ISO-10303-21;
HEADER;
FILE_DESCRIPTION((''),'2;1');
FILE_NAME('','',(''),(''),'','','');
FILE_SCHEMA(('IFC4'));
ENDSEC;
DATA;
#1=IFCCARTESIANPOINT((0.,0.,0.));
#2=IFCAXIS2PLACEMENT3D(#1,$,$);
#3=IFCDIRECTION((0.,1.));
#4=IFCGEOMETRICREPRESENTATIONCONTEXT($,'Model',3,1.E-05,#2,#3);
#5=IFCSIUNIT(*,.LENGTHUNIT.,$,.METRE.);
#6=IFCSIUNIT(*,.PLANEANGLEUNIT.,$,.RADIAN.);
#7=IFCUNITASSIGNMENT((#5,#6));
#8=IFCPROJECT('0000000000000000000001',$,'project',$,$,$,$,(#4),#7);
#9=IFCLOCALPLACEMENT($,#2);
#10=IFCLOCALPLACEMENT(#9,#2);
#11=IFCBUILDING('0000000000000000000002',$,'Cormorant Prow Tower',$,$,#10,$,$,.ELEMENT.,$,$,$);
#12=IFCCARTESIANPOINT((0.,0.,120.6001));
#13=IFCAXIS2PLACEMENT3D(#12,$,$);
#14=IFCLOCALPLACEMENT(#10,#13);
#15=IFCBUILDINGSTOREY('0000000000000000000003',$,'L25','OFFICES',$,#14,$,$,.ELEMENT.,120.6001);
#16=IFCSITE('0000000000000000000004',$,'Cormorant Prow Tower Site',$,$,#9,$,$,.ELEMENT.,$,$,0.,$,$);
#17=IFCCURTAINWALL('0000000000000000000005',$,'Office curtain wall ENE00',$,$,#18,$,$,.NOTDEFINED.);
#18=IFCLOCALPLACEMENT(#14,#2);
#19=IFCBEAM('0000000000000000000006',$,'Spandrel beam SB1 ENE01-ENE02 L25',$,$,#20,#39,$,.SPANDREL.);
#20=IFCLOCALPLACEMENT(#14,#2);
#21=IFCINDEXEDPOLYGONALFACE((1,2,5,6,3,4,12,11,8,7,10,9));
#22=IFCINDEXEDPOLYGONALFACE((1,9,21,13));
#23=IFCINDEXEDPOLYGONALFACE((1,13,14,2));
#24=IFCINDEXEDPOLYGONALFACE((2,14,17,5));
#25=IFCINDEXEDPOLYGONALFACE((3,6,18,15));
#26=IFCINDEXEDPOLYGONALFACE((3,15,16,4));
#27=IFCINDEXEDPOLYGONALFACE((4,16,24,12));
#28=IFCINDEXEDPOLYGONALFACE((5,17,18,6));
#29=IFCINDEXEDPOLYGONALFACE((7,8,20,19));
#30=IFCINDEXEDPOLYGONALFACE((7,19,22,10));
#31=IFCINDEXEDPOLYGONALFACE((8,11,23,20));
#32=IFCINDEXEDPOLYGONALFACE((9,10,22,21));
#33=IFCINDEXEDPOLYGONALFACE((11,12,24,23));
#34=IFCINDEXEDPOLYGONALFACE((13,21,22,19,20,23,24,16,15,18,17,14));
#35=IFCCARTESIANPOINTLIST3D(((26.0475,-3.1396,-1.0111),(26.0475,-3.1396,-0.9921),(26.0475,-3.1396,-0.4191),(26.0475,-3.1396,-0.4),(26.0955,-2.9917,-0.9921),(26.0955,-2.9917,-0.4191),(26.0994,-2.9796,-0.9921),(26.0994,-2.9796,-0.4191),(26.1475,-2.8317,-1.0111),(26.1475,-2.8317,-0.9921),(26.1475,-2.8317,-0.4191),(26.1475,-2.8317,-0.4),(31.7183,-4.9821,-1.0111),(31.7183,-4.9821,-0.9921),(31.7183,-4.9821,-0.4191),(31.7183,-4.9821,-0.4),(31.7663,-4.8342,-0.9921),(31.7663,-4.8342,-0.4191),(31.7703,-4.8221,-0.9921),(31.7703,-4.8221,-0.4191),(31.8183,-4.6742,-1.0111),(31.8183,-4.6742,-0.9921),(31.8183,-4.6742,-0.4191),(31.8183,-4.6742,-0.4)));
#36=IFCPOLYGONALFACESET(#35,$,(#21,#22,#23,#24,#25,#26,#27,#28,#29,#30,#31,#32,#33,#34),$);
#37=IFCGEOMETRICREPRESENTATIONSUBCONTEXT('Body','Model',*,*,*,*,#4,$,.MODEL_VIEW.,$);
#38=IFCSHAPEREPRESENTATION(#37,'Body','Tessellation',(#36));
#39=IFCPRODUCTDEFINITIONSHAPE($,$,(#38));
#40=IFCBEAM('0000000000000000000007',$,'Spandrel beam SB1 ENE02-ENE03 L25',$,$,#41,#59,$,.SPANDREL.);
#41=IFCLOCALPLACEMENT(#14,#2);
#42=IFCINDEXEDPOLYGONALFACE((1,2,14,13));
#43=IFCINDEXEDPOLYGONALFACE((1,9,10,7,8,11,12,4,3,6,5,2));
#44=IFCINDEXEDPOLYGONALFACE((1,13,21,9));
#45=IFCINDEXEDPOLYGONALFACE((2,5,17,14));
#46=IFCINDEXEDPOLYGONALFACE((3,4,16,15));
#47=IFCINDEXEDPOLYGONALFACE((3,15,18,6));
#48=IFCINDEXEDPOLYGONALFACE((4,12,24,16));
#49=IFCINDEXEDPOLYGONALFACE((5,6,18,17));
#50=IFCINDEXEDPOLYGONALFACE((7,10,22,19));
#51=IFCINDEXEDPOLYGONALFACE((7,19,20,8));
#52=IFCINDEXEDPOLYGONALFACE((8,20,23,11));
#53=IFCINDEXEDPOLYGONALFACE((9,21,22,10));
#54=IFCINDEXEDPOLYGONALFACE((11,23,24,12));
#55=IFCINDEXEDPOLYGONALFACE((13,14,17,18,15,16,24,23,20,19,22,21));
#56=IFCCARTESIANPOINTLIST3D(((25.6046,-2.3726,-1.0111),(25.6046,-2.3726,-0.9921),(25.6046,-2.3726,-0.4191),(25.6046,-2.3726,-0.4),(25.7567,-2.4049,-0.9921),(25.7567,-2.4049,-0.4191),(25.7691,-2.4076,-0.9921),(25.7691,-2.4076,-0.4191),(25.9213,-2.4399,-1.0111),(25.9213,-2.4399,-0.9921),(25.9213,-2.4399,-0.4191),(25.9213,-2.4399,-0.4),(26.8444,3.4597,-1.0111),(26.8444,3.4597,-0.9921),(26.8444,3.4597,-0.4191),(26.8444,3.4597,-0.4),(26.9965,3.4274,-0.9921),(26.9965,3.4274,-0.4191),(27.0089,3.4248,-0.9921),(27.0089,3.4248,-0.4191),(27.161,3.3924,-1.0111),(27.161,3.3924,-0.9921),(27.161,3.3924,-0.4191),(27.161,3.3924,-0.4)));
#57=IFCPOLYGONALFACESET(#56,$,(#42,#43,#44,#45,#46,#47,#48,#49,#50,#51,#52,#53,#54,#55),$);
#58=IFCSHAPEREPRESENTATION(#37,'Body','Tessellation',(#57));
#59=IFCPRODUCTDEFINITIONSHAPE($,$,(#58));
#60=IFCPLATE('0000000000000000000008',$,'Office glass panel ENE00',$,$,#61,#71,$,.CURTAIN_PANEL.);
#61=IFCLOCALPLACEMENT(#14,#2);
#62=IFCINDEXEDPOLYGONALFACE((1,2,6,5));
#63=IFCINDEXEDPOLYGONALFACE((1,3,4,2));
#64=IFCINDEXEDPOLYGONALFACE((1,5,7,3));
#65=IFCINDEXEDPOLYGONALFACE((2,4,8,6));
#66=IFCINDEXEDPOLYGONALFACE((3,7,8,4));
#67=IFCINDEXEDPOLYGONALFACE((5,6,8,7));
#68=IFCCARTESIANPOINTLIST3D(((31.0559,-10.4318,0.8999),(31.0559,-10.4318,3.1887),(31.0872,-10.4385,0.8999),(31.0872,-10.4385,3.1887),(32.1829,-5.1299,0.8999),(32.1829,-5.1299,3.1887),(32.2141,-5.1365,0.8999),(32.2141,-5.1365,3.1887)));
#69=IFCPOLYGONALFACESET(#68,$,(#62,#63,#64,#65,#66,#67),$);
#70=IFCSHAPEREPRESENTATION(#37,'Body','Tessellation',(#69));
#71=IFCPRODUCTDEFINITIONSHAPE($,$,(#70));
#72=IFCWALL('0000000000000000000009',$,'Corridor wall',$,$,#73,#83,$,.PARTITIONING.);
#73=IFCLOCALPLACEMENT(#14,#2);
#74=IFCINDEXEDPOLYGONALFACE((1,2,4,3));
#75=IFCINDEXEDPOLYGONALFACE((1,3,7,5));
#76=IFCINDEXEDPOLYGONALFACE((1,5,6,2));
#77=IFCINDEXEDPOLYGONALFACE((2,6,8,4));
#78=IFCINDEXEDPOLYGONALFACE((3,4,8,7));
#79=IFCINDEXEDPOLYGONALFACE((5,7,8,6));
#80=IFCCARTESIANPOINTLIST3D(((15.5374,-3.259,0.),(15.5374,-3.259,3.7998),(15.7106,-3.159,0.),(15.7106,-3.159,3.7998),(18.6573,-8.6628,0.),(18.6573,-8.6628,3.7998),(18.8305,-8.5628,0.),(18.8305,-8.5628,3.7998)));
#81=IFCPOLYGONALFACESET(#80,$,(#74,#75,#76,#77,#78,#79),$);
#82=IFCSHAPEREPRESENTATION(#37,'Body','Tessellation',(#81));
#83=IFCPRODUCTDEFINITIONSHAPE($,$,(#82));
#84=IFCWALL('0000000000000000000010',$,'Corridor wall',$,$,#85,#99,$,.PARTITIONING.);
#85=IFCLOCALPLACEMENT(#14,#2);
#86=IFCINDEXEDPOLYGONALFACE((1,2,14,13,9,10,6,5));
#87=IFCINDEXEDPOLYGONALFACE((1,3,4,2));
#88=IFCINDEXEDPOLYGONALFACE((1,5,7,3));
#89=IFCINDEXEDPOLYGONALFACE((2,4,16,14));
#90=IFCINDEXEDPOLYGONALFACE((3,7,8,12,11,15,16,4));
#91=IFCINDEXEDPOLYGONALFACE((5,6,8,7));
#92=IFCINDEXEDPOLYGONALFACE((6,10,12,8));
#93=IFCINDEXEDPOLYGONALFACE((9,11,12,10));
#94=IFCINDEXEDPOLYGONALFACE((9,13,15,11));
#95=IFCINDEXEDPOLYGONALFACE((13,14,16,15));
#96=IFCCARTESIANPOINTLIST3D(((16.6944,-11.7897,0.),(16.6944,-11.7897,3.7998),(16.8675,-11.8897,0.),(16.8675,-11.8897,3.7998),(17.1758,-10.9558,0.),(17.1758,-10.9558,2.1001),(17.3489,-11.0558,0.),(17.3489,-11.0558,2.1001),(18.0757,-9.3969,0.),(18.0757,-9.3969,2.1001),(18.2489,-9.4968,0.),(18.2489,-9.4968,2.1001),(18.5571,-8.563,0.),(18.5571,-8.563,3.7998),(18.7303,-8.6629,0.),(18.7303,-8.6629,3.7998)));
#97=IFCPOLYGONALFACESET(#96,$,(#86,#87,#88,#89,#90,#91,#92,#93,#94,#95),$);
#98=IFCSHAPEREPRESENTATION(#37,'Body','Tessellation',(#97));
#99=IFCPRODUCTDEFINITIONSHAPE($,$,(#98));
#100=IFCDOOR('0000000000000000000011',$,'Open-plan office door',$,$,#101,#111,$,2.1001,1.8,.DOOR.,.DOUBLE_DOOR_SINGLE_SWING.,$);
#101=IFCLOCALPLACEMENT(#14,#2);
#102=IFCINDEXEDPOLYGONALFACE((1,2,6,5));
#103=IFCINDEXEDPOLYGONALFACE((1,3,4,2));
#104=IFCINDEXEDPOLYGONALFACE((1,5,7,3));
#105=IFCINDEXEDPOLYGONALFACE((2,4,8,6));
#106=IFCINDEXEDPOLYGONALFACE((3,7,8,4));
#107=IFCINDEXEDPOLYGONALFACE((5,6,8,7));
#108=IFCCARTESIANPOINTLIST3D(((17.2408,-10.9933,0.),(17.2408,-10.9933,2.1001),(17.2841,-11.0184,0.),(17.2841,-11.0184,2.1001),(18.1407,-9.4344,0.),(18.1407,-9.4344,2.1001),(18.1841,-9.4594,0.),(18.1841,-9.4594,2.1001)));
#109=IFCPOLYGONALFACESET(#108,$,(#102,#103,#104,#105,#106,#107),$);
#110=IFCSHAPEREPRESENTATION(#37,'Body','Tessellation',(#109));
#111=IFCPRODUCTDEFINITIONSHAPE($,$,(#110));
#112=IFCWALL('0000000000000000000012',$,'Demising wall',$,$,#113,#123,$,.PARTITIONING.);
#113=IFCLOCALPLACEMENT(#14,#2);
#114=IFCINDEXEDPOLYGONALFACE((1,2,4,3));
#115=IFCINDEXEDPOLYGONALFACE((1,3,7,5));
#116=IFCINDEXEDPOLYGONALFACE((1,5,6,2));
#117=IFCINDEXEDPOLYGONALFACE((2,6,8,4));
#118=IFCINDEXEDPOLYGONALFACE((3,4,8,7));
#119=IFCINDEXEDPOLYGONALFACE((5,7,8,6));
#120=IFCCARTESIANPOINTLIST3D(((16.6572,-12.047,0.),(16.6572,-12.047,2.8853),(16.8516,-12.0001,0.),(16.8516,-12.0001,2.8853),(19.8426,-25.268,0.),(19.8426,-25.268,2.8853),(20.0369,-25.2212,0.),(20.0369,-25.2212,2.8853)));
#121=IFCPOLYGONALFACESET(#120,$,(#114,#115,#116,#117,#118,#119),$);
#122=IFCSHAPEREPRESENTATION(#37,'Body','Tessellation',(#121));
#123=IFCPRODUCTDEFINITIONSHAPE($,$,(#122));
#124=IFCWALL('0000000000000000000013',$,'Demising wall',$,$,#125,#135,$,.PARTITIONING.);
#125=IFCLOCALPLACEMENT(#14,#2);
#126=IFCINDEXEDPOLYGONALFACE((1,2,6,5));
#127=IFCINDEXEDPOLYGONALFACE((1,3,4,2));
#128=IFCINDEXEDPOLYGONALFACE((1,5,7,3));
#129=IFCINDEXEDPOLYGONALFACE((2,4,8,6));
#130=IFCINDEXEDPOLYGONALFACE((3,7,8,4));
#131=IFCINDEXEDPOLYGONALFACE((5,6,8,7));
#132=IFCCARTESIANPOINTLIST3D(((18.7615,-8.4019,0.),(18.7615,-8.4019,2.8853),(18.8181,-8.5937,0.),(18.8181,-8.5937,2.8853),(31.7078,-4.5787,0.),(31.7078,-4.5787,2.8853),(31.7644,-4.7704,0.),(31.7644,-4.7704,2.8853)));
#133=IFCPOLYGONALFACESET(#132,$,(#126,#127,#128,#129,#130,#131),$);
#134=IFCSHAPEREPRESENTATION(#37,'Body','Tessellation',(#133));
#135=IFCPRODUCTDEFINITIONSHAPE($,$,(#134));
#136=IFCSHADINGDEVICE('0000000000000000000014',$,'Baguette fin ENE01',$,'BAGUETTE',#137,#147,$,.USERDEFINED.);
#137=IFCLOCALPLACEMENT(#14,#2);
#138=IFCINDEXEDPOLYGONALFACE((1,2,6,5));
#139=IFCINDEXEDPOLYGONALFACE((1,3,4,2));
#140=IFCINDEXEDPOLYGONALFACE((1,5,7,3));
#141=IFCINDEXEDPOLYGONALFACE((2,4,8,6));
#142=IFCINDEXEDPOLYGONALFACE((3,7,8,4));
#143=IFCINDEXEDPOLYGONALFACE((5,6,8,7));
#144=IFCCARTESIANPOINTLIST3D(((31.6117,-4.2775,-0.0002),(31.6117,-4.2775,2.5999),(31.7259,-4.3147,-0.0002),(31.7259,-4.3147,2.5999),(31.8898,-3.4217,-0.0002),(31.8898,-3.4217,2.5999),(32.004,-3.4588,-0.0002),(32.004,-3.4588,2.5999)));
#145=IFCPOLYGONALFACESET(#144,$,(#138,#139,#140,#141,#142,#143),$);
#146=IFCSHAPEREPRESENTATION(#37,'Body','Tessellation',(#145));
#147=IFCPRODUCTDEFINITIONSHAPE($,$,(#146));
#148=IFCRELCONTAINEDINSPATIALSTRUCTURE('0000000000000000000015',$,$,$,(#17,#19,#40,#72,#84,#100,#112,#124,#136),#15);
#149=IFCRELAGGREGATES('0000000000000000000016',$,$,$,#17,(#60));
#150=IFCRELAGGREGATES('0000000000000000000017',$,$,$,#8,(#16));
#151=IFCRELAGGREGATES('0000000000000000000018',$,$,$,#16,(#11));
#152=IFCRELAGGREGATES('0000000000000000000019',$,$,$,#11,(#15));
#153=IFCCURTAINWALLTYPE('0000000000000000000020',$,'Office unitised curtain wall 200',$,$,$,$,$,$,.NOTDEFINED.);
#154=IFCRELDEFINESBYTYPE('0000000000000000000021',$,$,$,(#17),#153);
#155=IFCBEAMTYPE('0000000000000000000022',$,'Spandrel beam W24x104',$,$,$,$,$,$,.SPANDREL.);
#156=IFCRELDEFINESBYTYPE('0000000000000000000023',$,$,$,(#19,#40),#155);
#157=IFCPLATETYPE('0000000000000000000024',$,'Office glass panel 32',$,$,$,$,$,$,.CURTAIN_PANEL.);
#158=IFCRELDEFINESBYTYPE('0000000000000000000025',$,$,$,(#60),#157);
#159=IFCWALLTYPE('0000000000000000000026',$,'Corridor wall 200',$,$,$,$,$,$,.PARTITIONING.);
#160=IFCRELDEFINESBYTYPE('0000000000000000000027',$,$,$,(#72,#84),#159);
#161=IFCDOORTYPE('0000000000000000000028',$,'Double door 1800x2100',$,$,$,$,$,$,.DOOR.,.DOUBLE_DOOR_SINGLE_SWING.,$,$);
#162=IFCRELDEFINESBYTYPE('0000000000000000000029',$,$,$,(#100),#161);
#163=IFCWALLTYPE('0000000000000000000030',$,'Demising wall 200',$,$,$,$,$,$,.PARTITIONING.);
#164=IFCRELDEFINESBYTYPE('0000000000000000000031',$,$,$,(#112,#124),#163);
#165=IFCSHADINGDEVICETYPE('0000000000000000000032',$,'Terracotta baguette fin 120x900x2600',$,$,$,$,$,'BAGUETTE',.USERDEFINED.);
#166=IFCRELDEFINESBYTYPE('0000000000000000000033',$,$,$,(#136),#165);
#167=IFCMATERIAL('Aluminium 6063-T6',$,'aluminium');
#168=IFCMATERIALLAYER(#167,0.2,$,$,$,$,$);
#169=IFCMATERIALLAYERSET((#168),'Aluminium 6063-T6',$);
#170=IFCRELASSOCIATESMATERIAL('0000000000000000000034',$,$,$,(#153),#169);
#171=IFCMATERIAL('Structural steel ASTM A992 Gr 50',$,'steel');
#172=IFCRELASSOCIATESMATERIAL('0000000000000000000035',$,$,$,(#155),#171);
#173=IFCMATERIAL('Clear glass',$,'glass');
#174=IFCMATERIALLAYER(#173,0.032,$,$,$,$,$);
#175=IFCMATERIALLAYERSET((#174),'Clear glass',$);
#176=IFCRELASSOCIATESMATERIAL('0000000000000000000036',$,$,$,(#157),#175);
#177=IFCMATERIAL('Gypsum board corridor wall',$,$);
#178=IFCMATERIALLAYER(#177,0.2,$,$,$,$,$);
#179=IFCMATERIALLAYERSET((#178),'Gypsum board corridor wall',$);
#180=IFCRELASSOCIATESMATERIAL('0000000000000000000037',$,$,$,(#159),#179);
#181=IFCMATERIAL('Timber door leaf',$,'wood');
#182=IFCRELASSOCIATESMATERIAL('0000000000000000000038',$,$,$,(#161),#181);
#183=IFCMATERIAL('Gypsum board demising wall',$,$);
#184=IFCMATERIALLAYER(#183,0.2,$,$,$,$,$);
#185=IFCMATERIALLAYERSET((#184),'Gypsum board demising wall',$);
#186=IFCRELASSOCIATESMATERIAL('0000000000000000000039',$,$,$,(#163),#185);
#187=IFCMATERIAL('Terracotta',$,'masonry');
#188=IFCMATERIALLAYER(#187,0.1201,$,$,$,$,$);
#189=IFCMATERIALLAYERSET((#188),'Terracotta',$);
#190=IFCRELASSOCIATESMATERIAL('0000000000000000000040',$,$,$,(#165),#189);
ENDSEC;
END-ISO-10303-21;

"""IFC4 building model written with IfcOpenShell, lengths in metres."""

from ifc_helpers import new_model, si_unit, direction, frame, frame_2d, origin, origin_2d, place, context, subcontext, project, spatial, rectangle, i_section, extrude, material, layer, layer_set, material_profile, profile_set, type_object, element, fill, aggregate, save


model = new_model("IFC4")

# Units and contexts
model_context = context("Model", 3, precision=1e-05, world=origin(), true_north=direction((0.0, 1.0)))
body_context = subcontext(model_context, "Body", "Model", "MODEL_VIEW")
ifc_project = project(units=[si_unit("LENGTHUNIT", "METRE"), si_unit("PLANEANGLEUNIT", "RADIAN")], contexts=[model_context])

# Site, building, storey
site_placement = place(None, origin())
site = spatial("IfcSite", under=ifc_project, at=site_placement, Name="Cormorant Prow Tower Site", CompositionType="ELEMENT", RefElevation=0.0)
building_placement = place(site_placement, origin())
building = spatial("IfcBuilding", under=site, at=building_placement, Name="Cormorant Prow Tower", CompositionType="ELEMENT")
storey_placement = place(building_placement, frame((0.0, 0.0, 120.6001)))
storey = spatial("IfcBuildingStorey", under=building, at=storey_placement, Name="L25", Description="OFFICES", CompositionType="ELEMENT", Elevation=120.6001)

# Curtain wall
ifc_material_1 = material(Name="Aluminium 6063-T6", Category="aluminium")
ifc_layer_1 = layer(ifc_material_1, 0.2)
ifc_layer_set_1 = layer_set([ifc_layer_1], Name="Aluminium 6063-T6")
curtain_wall_type = type_object("IfcCurtainWallType", Name="Office unitised curtain wall 200", PredefinedType="NOTDEFINED", material=ifc_layer_set_1)
curtain_wall_1_placement = place(storey_placement, origin())
curtain_wall_1 = element("IfcCurtainWall", 1, at=curtain_wall_1_placement, inside=storey, type_object=curtain_wall_type, Name="Office curtain wall ENE00", PredefinedType="NOTDEFINED")

# Beams
ifc_material_2 = material(Name="Structural steel ASTM A992 Gr 50", Category="steel")
ifc_material_profile_1 = material_profile(ifc_material_2, i_section(OverallWidth=0.3237, OverallDepth=0.6111, WebThickness=0.0127, FlangeThickness=0.019, at=origin_2d()), Name="W24x104")
ifc_profile_set_1 = profile_set([ifc_material_profile_1], Name="Structural steel ASTM A992 Gr 50")
beam_type_1 = type_object("IfcBeamType", Name="Spandrel beam W24x104", PredefinedType="SPANDREL", material=ifc_profile_set_1)
for number, where, z_axis, x_axis, name in (
    (2, (31.7683, -4.8281, -0.7056), (-0.951059, 0.309008, 0.0), (-0.309008, -0.951059, 0.0), "Spandrel beam SB1 ENE01-ENE02 L25"),
    (3, (25.7629, -2.4062, -0.7056), (0.207921, 0.978146, 0.0), (-0.978146, 0.207921, 0.0), "Spandrel beam SB1 ENE02-ENE03 L25"),
):
    element("IfcBeam", number, at=place(storey_placement, frame(where, z_axis=z_axis, x_axis=x_axis)), inside=storey, type_object=beam_type_1, Name=name, PredefinedType="SPANDREL", context=body_context, shape_type="SweptSolid", body=[
        extrude(i_section(OverallWidth=0.3237, OverallDepth=0.6111, WebThickness=0.0127, FlangeThickness=0.019, at=origin_2d()), origin(), (0.0, 0.0, 1.0), 5.9626),
    ])

# Plate
ifc_material_3 = material(Name="Clear glass", Category="glass")
ifc_layer_2 = layer(ifc_material_3, 0.032)
ifc_layer_set_2 = layer_set([ifc_layer_2], Name="Clear glass")
plate_type = type_object("IfcPlateType", Name="Office glass panel 32", PredefinedType="CURTAIN_PANEL", material=ifc_layer_set_2)
plate_placement = place(storey_placement, frame((31.635, -7.7842, 0.8999), z_axis=(0.0, 0.0, 1.0), x_axis=(0.207912, 0.978148, 0.0)))
plate = element("IfcPlate", 4, at=plate_placement, type_object=plate_type, Name="Office glass panel ENE00", PredefinedType="CURTAIN_PANEL", context=body_context, shape_type="SweptSolid", body=[
    extrude(rectangle(XDim=5.4204, YDim=0.032, at=origin_2d()), origin(), (0.0, 0.0, 1.0), 2.2888),
])
aggregate(curtain_wall_1, [plate])

# Wall
ifc_material_4 = material(Name="Gypsum board corridor wall")
ifc_layer_3 = layer(ifc_material_4, 0.2)
ifc_layer_set_3 = layer_set([ifc_layer_3], Name="Gypsum board corridor wall")
wall_type_1 = type_object("IfcWallType", Name="Corridor wall 200", PredefinedType="PARTITIONING", material=ifc_layer_set_3)
wall_1_placement = place(storey_placement, frame((15.624, -3.209, 0.0), z_axis=(0.0, 0.0, 1.0), x_axis=(0.499998, -0.866027, 0.0)))
element("IfcWall", 5, at=wall_1_placement, inside=storey, type_object=wall_type_1, Name="Corridor wall", PredefinedType="PARTITIONING", context=body_context, shape_type="SweptSolid", body=[
    extrude(rectangle(XDim=6.2397, YDim=0.2, at=frame_2d((3.1199, 0.0))), origin(), (0.0, 0.0, 1.0), 3.7998),
])

# Wall, opening, door
wall_2_placement = place(storey_placement, frame((16.781, -11.8396, 0.0), z_axis=(0.0, 0.0, 1.0), x_axis=(0.499959, 0.866049, 0.0)))
wall_2 = element("IfcWall", 6, at=wall_2_placement, inside=storey, type_object=wall_type_1, Name="Corridor wall", PredefinedType="PARTITIONING", context=body_context, shape_type="SweptSolid", body=[
    extrude(rectangle(XDim=3.7258, YDim=0.2, at=frame_2d((1.8628, 0.0))), origin(), (0.0, 0.0, 1.0), 3.7998),
])
opening_1_placement = place(wall_2_placement, frame((0.9629, 0.0, 0.0)))
opening_1 = element("IfcOpeningElement", 7, at=opening_1_placement, cuts=wall_2, PredefinedType="OPENING", context=body_context, shape_type="SweptSolid", body=[
    extrude(rectangle(XDim=1.8, YDim=2.1001, at=frame_2d((0.8999, 1.05))), frame((0.0, 0.1099, 0.0), z_axis=(0.0, -1.0, 0.0), x_axis=(1.0, 0.0, 0.0)), (0.0, 0.0, 1.0), 0.22),
])
ifc_material_5 = material(Name="Timber door leaf", Category="wood")
door_type_1 = type_object("IfcDoorType", Name="Double door 1800x2100", OperationType="DOUBLE_DOOR_SINGLE_SWING", PredefinedType="DOOR", material=ifc_material_5)
door_1_placement = place(opening_1_placement, origin())
door_1 = element("IfcDoor", 8, at=door_1_placement, inside=storey, type_object=door_type_1, Name="Open-plan office door", OperationType="DOUBLE_DOOR_SINGLE_SWING", OverallHeight=2.1001, OverallWidth=1.8, PredefinedType="DOOR", context=body_context, shape_type="SweptSolid", body=[
    extrude(rectangle(XDim=1.8, YDim=2.1001, at=frame_2d((0.8999, 1.05))), frame((0.0, 0.0249, 0.0), z_axis=(0.0, -1.0, 0.0), x_axis=(1.0, 0.0, 0.0)), (0.0, 0.0, 1.0), 0.05),
])
fill(opening_1, door_1)

# Walls
ifc_material_6 = material(Name="Gypsum board demising wall")
ifc_layer_4 = layer(ifc_material_6, 0.2)
ifc_layer_set_4 = layer_set([ifc_layer_4], Name="Gypsum board demising wall")
wall_type_2 = type_object("IfcWallType", Name="Demising wall 200", PredefinedType="PARTITIONING", material=ifc_layer_set_4)
wall_3_placement = place(storey_placement, frame((16.7544, -12.0234, 0.0), z_axis=(0.0, 0.0, 1.0), x_axis=(0.234226, -0.972182, 0.0)))
element("IfcWall", 9, at=wall_3_placement, inside=storey, type_object=wall_type_2, Name="Demising wall", PredefinedType="PARTITIONING", context=body_context, shape_type="SweptSolid", body=[
    extrude(rectangle(XDim=13.5994, YDim=0.2, at=frame_2d((6.7998, 0.0))), origin(), (0.0, 0.0, 1.0), 2.8853),
])
wall_4_placement = place(storey_placement, frame((18.7898, -8.4978, 0.0), z_axis=(0.0, 0.0, 1.0), x_axis=(0.959054, 0.283224, 0.0)))
element("IfcWall", 10, at=wall_4_placement, inside=storey, type_object=wall_type_2, Name="Demising wall", PredefinedType="PARTITIONING", context=body_context, shape_type="SweptSolid", body=[
    extrude(rectangle(XDim=13.499, YDim=0.2, at=frame_2d((6.7495, 0.0))), origin(), (0.0, 0.0, 1.0), 2.8853),
])

# Shading device
ifc_material_7 = material(Name="Terracotta", Category="masonry")
ifc_layer_5 = layer(ifc_material_7, 0.1201)
ifc_layer_set_5 = layer_set([ifc_layer_5], Name="Terracotta")
shading_device_type = type_object("IfcShadingDeviceType", Name="Terracotta baguette fin 120x900x2600", ElementType="BAGUETTE", PredefinedType="USERDEFINED", material=ifc_layer_set_5)
shading_device_placement = place(storey_placement, frame((31.8079, -3.8682, -0.0002), z_axis=(0.0, 0.0, 1.0), x_axis=(-0.951057, 0.309017, 0.0)))
element("IfcShadingDevice", 11, at=shading_device_placement, inside=storey, type_object=shading_device_type, Name="Baguette fin ENE01", ObjectType="BAGUETTE", PredefinedType="USERDEFINED", context=body_context, shape_type="SweptSolid", body=[
    extrude(rectangle(XDim=0.1201, YDim=0.8999, at=origin_2d()), origin(), (0.0, 0.0, 1.0), 2.6001),
])

save(model, "model.ifc")
